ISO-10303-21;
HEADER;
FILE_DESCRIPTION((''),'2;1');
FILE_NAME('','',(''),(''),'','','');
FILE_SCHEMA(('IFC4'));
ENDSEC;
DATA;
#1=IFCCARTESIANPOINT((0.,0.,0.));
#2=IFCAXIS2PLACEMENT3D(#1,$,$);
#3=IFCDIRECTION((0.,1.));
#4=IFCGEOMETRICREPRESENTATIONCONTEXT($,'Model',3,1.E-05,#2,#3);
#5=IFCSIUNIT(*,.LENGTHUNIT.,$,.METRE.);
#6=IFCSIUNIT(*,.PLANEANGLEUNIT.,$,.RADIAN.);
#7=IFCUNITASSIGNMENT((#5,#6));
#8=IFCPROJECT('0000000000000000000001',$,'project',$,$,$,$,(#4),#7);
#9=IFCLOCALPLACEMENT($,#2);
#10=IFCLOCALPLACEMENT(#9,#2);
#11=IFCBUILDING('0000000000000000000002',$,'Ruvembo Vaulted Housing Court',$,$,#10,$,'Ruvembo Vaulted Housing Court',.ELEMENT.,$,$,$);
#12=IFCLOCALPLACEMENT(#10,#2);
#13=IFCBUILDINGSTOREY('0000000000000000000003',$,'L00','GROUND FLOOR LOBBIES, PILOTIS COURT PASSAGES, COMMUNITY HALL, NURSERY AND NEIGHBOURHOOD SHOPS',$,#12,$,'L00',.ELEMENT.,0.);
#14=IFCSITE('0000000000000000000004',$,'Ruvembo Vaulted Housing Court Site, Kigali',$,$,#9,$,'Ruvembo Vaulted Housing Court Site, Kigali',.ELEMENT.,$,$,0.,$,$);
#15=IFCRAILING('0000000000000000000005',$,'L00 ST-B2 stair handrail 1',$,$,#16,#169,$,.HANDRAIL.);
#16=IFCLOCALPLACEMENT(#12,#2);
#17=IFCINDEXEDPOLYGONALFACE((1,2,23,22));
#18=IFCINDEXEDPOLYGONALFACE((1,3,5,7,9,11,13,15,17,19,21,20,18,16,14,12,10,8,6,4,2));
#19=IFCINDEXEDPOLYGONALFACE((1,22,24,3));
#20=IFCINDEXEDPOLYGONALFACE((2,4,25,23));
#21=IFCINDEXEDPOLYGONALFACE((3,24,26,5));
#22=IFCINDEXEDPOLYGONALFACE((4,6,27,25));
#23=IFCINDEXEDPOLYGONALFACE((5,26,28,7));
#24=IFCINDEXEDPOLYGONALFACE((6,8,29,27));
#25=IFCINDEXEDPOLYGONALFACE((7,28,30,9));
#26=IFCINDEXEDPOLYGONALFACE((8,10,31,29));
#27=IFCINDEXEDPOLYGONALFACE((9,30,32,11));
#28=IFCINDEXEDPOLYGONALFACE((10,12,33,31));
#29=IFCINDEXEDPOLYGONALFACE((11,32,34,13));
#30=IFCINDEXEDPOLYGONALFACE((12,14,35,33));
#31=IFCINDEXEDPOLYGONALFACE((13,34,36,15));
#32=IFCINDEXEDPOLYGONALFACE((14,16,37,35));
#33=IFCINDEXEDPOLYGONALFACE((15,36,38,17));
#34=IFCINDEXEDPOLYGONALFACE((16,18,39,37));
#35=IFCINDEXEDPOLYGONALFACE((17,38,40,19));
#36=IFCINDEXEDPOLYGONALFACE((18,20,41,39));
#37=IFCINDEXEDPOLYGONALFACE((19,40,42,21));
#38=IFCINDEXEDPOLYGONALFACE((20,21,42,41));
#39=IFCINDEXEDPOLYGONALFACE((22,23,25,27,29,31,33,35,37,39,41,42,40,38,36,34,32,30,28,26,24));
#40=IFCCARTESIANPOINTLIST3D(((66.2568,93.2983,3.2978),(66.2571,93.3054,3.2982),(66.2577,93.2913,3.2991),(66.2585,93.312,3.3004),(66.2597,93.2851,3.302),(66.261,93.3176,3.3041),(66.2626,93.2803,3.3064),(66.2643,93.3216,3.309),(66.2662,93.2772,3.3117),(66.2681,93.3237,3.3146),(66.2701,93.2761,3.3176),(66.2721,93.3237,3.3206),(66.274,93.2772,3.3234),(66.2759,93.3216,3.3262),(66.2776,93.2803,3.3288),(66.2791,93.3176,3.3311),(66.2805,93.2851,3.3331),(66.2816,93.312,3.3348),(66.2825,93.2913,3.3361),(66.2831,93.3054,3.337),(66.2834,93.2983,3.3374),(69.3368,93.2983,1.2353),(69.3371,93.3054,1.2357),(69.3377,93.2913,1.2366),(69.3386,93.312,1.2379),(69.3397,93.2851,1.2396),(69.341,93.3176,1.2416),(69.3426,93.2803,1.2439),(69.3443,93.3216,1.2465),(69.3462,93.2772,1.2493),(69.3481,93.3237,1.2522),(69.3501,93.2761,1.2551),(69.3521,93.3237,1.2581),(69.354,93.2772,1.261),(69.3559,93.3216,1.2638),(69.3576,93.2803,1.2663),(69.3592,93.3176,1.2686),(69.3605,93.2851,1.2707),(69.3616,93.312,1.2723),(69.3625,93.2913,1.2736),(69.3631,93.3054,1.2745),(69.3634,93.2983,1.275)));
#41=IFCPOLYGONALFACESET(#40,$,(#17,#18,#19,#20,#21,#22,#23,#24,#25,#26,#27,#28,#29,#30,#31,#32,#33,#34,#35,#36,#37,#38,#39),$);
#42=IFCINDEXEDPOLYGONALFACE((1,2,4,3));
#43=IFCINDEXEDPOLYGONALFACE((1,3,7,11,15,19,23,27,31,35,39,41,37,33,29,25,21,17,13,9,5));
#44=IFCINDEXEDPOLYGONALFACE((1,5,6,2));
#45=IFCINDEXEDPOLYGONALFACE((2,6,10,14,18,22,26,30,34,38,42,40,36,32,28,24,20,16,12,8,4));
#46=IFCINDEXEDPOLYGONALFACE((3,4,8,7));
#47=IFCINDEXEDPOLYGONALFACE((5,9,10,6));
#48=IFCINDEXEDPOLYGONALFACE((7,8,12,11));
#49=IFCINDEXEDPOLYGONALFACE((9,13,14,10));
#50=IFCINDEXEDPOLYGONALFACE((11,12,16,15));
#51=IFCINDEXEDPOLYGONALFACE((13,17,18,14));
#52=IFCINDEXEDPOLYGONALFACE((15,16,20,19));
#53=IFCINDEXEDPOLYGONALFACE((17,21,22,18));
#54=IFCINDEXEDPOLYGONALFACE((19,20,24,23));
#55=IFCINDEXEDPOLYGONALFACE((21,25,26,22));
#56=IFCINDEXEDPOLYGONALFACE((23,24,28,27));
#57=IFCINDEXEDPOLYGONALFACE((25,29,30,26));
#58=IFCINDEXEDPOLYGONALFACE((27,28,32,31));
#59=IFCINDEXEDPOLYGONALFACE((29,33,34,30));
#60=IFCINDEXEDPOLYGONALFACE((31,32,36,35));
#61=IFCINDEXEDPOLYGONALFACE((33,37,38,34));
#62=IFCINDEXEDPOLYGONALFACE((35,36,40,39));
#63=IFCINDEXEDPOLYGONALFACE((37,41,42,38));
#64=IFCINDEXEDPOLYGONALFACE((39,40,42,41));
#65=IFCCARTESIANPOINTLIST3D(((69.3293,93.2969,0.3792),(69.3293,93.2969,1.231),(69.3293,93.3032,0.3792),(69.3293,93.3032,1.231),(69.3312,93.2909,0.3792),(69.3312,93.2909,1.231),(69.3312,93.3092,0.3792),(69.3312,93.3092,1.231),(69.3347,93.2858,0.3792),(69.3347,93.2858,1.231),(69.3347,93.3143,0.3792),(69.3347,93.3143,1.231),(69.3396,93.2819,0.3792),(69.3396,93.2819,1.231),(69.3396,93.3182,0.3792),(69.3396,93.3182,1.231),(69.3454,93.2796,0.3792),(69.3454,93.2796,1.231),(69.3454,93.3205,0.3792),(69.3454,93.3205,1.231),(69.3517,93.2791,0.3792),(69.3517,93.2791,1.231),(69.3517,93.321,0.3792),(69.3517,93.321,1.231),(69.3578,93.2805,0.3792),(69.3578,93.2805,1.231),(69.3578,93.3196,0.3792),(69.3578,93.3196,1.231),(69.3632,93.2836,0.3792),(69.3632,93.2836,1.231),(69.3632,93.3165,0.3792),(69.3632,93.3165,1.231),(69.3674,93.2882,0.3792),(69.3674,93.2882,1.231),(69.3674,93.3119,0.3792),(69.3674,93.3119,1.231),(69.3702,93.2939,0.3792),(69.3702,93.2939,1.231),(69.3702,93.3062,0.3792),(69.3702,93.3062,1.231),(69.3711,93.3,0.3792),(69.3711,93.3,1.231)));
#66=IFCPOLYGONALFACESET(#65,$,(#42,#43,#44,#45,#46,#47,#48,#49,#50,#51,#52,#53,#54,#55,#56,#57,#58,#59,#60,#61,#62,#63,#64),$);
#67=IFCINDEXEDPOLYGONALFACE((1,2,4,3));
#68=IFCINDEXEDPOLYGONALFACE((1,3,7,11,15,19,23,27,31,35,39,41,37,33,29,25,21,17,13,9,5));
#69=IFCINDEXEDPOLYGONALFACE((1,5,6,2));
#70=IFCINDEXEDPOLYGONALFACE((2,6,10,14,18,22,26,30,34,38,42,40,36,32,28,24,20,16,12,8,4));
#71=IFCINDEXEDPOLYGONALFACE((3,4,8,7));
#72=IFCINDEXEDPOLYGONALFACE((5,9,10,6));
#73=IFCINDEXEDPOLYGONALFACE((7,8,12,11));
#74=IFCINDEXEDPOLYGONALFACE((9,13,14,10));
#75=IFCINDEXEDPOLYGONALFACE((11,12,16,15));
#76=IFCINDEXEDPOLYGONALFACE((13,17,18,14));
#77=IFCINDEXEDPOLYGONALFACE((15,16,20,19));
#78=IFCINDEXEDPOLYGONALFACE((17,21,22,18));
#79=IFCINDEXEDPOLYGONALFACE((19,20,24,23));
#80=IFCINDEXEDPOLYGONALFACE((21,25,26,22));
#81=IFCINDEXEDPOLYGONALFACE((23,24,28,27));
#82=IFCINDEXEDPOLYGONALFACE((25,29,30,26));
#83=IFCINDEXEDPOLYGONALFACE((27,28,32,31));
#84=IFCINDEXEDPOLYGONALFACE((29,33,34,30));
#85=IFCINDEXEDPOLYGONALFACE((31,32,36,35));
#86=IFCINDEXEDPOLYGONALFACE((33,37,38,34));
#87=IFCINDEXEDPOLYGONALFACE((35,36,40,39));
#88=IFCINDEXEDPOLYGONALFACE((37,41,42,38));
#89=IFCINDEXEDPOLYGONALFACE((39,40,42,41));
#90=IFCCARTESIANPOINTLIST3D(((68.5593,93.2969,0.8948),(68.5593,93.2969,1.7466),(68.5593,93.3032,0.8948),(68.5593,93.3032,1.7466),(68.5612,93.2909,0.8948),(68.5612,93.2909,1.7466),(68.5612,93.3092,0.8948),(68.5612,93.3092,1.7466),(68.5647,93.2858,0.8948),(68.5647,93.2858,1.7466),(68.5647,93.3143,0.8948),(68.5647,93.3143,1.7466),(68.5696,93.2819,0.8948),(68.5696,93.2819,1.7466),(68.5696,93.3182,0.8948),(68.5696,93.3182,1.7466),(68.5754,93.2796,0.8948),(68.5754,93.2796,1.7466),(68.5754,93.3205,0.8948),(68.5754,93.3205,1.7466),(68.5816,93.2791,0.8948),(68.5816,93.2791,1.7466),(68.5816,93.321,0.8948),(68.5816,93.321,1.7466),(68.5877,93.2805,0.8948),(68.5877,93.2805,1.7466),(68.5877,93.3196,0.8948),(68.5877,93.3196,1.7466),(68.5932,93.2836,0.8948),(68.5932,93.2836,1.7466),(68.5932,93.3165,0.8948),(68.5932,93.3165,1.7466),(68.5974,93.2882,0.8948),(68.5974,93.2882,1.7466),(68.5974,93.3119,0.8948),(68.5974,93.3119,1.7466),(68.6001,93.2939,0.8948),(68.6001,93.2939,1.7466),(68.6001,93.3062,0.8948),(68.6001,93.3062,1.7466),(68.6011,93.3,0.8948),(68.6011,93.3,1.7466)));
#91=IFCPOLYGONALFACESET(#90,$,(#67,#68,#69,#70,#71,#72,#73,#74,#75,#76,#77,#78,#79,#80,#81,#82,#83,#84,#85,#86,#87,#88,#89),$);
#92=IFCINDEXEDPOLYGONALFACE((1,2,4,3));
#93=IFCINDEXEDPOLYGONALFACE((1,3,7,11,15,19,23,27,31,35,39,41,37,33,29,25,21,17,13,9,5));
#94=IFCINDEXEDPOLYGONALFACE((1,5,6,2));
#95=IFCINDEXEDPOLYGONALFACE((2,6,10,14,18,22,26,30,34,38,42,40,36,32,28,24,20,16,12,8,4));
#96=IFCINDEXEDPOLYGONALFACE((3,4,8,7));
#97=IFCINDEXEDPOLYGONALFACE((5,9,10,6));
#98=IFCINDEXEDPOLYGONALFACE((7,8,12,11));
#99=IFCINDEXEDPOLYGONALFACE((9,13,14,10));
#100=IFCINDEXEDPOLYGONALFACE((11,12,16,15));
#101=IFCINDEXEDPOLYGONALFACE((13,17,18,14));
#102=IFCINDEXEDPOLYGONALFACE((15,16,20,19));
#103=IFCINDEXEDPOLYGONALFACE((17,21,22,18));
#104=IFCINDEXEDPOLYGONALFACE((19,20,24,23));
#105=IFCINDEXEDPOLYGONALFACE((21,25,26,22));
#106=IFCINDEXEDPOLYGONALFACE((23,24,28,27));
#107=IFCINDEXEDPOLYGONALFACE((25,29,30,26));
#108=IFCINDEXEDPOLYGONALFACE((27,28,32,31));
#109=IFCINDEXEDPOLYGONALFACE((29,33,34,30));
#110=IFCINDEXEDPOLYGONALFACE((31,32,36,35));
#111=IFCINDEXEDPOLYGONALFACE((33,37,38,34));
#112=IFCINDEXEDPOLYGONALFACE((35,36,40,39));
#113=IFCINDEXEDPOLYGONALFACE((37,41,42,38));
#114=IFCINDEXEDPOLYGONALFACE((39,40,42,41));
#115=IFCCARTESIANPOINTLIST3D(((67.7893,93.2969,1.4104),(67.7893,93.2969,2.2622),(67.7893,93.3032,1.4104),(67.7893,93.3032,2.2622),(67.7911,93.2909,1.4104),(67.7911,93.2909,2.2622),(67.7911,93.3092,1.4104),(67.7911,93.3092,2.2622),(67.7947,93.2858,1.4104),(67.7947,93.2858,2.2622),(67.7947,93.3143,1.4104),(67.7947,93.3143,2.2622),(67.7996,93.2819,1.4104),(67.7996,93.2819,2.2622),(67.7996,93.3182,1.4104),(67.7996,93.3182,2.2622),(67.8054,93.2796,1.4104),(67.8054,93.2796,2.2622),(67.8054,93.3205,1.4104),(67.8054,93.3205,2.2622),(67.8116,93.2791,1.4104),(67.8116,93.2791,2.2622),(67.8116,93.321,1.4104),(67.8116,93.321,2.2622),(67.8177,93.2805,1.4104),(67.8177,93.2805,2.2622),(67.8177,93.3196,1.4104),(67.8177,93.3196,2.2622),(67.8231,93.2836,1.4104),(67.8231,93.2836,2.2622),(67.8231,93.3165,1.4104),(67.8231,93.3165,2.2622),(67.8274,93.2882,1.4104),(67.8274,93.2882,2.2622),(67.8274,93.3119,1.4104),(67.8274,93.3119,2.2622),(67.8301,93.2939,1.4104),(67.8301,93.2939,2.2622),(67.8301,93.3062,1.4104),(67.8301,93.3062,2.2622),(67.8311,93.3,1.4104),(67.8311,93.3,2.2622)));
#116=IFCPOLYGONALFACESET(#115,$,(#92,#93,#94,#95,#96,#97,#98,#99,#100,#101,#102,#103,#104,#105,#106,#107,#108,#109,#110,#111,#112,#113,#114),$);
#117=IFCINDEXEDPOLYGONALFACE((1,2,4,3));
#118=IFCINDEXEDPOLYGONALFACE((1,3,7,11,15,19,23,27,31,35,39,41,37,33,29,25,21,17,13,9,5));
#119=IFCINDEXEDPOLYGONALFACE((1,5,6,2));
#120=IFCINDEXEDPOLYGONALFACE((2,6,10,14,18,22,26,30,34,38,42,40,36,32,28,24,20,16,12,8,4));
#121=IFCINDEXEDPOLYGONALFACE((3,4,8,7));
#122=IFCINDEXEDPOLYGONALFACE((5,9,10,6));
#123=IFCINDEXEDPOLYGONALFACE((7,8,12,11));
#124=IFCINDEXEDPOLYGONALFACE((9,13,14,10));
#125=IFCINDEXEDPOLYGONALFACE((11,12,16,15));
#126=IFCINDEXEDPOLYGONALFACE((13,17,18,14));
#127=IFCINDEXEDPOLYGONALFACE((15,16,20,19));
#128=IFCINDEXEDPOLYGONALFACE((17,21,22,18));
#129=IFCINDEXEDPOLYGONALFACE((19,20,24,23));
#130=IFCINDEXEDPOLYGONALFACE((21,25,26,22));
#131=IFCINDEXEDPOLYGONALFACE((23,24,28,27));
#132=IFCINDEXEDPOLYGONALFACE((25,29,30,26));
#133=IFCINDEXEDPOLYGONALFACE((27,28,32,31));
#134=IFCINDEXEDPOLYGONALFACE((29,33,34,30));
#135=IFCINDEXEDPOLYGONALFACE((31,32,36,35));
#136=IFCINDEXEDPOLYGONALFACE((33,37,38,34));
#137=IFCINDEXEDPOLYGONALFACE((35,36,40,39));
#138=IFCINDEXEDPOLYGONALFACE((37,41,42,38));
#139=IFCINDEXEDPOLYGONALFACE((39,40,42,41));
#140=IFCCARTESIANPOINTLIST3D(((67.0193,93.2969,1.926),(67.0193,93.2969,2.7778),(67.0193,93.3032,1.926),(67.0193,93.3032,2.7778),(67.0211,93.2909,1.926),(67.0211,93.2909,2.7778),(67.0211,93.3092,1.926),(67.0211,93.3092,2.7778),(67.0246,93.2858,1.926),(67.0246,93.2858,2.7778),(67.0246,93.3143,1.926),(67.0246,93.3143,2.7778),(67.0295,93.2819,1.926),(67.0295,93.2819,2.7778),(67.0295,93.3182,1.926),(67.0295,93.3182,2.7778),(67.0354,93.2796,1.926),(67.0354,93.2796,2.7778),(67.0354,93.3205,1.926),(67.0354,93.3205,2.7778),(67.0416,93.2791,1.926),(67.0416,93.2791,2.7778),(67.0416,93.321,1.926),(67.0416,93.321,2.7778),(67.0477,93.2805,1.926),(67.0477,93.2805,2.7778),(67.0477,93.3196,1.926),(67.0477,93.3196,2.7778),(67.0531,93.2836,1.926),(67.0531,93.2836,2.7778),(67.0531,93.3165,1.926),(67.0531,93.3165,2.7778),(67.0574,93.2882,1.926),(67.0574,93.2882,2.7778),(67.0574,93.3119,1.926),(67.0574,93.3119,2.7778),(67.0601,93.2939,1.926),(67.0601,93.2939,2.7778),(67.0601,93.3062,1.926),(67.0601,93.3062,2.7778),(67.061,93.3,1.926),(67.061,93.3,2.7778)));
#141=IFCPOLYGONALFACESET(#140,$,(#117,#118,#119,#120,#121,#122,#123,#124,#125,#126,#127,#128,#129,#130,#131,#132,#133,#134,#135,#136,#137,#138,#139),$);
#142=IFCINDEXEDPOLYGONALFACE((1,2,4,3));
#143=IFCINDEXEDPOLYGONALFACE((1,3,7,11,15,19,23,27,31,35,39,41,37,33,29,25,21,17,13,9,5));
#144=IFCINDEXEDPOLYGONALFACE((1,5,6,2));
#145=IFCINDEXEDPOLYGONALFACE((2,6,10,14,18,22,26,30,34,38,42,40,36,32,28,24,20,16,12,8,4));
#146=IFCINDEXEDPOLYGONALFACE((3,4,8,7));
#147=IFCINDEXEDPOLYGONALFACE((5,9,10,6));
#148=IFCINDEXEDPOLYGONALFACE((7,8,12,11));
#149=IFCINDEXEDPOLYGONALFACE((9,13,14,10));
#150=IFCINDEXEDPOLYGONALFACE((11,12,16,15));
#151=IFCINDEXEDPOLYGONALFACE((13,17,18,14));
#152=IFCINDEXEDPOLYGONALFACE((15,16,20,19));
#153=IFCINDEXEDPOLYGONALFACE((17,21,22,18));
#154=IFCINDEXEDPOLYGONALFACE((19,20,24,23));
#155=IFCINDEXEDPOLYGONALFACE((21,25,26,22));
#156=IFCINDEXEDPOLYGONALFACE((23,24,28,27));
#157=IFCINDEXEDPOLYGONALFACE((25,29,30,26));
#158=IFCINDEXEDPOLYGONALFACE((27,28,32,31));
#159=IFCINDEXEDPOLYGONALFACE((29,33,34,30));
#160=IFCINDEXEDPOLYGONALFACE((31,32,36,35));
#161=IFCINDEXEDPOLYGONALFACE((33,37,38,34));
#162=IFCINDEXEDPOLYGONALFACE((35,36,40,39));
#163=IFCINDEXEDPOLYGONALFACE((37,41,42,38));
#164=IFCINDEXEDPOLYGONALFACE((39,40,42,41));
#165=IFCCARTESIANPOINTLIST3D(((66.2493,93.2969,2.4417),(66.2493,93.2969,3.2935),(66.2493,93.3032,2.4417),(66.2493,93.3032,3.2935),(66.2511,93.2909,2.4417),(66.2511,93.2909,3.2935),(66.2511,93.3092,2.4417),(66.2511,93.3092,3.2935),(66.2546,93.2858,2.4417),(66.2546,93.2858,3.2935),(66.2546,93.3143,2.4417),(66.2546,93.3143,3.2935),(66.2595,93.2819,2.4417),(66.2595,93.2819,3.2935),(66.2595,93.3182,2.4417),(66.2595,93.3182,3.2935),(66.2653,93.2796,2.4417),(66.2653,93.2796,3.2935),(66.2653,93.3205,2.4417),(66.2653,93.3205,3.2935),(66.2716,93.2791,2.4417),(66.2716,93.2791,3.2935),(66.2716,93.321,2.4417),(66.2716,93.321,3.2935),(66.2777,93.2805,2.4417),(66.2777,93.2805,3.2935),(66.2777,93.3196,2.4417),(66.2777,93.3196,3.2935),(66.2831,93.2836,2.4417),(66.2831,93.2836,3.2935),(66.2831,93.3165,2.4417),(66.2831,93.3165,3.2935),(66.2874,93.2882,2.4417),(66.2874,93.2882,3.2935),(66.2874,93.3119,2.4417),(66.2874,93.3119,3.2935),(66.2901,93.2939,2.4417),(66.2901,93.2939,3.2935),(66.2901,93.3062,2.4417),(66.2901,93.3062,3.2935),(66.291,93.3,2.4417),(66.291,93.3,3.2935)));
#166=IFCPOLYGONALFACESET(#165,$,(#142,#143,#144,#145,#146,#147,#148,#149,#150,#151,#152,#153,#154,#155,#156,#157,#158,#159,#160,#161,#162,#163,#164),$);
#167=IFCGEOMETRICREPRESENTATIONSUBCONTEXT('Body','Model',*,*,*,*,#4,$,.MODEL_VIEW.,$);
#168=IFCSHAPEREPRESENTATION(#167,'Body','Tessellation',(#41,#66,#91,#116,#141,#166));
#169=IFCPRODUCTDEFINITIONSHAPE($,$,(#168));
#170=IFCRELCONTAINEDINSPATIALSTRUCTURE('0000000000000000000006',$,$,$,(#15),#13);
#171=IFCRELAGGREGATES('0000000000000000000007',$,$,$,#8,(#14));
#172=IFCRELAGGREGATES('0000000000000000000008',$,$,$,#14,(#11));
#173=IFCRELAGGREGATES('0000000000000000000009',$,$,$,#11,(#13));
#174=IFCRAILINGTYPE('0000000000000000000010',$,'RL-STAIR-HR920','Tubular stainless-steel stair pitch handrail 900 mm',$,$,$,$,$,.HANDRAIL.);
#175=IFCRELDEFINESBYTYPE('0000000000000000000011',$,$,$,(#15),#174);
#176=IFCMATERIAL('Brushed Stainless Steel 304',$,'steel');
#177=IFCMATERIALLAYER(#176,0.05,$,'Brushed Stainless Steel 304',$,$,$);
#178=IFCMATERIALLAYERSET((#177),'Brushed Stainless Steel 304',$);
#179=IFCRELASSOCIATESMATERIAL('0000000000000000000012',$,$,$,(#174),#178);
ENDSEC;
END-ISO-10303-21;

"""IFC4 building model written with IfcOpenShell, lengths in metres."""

from ifc_helpers import new_model, si_unit, direction, frame, origin, origin_2d, place, context, subcontext, project, spatial, circle, extrude, material, layer, layer_set, type_object, element, save


model = new_model("IFC4")

# Units and contexts
model_context = context("Model", 3, precision=1e-05, world=origin(), true_north=direction((0.0, 1.0)))
body_context = subcontext(model_context, "Body", "Model", "MODEL_VIEW")
ifc_project = project(units=[si_unit("LENGTHUNIT", "METRE"), si_unit("PLANEANGLEUNIT", "RADIAN")], contexts=[model_context])

# Site, building, storey
site_placement = place(None, origin())
site = spatial("IfcSite", under=ifc_project, at=site_placement, Name="Ruvembo Vaulted Housing Court Site, Kigali", LongName="Ruvembo Vaulted Housing Court Site, Kigali", CompositionType="ELEMENT", RefElevation=0.0)
building_placement = place(site_placement, origin())
building = spatial("IfcBuilding", under=site, at=building_placement, Name="Ruvembo Vaulted Housing Court", LongName="Ruvembo Vaulted Housing Court", CompositionType="ELEMENT")
storey_placement = place(building_placement, origin())
storey = spatial("IfcBuildingStorey", under=building, at=storey_placement, Name="L00", Description="GROUND FLOOR LOBBIES, PILOTIS COURT PASSAGES, COMMUNITY HALL, NURSERY AND NEIGHBOURHOOD SHOPS", LongName="L00", CompositionType="ELEMENT", Elevation=0.0)

# Railing
ifc_material_1 = material(Name="Brushed Stainless Steel 304", Category="steel")
ifc_layer_1 = layer(ifc_material_1, 0.05, Name="Brushed Stainless Steel 304")
ifc_layer_set_1 = layer_set([ifc_layer_1], Name="Brushed Stainless Steel 304")
railing_type_1 = type_object("IfcRailingType", Name="RL-STAIR-HR920", Description="Tubular stainless-steel stair pitch handrail 900 mm", PredefinedType="HANDRAIL", material=ifc_layer_set_1)
railing_1_placement = place(storey_placement, frame((69.3501, 93.3, 0.3792)))
element("IfcRailing", 1, at=railing_1_placement, inside=storey, type_object=railing_type_1, Name="L00 ST-B2 stair handrail 1", PredefinedType="HANDRAIL", context=body_context, shape_type="SweptSolid", body=[
    extrude(circle(Radius=0.0239, at=origin_2d()), frame((0.0, 0.0, 0.876), z_axis=(-0.830914, 0.0, 0.556401), x_axis=(0.0, -1.0, 0.0)), (0.0, 0.0, 1.0), 3.7068),
    extrude(circle(Radius=0.021, at=origin_2d()), origin(), (0.0, 0.0, 1.0), 0.8518),
    extrude(circle(Radius=0.021, at=origin_2d()), frame((-0.77, 0.0, 0.5156)), (0.0, 0.0, 1.0), 0.8518),
    extrude(circle(Radius=0.021, at=origin_2d()), frame((-1.54, 0.0, 1.0312)), (0.0, 0.0, 1.0), 0.8518),
    extrude(circle(Radius=0.021, at=origin_2d()), frame((-2.3101, 0.0, 1.5469)), (0.0, 0.0, 1.0), 0.8518),
    extrude(circle(Radius=0.021, at=origin_2d()), frame((-3.0801, 0.0, 2.0625)), (0.0, 0.0, 1.0), 0.8518),
])

save(model, "model.ifc")
